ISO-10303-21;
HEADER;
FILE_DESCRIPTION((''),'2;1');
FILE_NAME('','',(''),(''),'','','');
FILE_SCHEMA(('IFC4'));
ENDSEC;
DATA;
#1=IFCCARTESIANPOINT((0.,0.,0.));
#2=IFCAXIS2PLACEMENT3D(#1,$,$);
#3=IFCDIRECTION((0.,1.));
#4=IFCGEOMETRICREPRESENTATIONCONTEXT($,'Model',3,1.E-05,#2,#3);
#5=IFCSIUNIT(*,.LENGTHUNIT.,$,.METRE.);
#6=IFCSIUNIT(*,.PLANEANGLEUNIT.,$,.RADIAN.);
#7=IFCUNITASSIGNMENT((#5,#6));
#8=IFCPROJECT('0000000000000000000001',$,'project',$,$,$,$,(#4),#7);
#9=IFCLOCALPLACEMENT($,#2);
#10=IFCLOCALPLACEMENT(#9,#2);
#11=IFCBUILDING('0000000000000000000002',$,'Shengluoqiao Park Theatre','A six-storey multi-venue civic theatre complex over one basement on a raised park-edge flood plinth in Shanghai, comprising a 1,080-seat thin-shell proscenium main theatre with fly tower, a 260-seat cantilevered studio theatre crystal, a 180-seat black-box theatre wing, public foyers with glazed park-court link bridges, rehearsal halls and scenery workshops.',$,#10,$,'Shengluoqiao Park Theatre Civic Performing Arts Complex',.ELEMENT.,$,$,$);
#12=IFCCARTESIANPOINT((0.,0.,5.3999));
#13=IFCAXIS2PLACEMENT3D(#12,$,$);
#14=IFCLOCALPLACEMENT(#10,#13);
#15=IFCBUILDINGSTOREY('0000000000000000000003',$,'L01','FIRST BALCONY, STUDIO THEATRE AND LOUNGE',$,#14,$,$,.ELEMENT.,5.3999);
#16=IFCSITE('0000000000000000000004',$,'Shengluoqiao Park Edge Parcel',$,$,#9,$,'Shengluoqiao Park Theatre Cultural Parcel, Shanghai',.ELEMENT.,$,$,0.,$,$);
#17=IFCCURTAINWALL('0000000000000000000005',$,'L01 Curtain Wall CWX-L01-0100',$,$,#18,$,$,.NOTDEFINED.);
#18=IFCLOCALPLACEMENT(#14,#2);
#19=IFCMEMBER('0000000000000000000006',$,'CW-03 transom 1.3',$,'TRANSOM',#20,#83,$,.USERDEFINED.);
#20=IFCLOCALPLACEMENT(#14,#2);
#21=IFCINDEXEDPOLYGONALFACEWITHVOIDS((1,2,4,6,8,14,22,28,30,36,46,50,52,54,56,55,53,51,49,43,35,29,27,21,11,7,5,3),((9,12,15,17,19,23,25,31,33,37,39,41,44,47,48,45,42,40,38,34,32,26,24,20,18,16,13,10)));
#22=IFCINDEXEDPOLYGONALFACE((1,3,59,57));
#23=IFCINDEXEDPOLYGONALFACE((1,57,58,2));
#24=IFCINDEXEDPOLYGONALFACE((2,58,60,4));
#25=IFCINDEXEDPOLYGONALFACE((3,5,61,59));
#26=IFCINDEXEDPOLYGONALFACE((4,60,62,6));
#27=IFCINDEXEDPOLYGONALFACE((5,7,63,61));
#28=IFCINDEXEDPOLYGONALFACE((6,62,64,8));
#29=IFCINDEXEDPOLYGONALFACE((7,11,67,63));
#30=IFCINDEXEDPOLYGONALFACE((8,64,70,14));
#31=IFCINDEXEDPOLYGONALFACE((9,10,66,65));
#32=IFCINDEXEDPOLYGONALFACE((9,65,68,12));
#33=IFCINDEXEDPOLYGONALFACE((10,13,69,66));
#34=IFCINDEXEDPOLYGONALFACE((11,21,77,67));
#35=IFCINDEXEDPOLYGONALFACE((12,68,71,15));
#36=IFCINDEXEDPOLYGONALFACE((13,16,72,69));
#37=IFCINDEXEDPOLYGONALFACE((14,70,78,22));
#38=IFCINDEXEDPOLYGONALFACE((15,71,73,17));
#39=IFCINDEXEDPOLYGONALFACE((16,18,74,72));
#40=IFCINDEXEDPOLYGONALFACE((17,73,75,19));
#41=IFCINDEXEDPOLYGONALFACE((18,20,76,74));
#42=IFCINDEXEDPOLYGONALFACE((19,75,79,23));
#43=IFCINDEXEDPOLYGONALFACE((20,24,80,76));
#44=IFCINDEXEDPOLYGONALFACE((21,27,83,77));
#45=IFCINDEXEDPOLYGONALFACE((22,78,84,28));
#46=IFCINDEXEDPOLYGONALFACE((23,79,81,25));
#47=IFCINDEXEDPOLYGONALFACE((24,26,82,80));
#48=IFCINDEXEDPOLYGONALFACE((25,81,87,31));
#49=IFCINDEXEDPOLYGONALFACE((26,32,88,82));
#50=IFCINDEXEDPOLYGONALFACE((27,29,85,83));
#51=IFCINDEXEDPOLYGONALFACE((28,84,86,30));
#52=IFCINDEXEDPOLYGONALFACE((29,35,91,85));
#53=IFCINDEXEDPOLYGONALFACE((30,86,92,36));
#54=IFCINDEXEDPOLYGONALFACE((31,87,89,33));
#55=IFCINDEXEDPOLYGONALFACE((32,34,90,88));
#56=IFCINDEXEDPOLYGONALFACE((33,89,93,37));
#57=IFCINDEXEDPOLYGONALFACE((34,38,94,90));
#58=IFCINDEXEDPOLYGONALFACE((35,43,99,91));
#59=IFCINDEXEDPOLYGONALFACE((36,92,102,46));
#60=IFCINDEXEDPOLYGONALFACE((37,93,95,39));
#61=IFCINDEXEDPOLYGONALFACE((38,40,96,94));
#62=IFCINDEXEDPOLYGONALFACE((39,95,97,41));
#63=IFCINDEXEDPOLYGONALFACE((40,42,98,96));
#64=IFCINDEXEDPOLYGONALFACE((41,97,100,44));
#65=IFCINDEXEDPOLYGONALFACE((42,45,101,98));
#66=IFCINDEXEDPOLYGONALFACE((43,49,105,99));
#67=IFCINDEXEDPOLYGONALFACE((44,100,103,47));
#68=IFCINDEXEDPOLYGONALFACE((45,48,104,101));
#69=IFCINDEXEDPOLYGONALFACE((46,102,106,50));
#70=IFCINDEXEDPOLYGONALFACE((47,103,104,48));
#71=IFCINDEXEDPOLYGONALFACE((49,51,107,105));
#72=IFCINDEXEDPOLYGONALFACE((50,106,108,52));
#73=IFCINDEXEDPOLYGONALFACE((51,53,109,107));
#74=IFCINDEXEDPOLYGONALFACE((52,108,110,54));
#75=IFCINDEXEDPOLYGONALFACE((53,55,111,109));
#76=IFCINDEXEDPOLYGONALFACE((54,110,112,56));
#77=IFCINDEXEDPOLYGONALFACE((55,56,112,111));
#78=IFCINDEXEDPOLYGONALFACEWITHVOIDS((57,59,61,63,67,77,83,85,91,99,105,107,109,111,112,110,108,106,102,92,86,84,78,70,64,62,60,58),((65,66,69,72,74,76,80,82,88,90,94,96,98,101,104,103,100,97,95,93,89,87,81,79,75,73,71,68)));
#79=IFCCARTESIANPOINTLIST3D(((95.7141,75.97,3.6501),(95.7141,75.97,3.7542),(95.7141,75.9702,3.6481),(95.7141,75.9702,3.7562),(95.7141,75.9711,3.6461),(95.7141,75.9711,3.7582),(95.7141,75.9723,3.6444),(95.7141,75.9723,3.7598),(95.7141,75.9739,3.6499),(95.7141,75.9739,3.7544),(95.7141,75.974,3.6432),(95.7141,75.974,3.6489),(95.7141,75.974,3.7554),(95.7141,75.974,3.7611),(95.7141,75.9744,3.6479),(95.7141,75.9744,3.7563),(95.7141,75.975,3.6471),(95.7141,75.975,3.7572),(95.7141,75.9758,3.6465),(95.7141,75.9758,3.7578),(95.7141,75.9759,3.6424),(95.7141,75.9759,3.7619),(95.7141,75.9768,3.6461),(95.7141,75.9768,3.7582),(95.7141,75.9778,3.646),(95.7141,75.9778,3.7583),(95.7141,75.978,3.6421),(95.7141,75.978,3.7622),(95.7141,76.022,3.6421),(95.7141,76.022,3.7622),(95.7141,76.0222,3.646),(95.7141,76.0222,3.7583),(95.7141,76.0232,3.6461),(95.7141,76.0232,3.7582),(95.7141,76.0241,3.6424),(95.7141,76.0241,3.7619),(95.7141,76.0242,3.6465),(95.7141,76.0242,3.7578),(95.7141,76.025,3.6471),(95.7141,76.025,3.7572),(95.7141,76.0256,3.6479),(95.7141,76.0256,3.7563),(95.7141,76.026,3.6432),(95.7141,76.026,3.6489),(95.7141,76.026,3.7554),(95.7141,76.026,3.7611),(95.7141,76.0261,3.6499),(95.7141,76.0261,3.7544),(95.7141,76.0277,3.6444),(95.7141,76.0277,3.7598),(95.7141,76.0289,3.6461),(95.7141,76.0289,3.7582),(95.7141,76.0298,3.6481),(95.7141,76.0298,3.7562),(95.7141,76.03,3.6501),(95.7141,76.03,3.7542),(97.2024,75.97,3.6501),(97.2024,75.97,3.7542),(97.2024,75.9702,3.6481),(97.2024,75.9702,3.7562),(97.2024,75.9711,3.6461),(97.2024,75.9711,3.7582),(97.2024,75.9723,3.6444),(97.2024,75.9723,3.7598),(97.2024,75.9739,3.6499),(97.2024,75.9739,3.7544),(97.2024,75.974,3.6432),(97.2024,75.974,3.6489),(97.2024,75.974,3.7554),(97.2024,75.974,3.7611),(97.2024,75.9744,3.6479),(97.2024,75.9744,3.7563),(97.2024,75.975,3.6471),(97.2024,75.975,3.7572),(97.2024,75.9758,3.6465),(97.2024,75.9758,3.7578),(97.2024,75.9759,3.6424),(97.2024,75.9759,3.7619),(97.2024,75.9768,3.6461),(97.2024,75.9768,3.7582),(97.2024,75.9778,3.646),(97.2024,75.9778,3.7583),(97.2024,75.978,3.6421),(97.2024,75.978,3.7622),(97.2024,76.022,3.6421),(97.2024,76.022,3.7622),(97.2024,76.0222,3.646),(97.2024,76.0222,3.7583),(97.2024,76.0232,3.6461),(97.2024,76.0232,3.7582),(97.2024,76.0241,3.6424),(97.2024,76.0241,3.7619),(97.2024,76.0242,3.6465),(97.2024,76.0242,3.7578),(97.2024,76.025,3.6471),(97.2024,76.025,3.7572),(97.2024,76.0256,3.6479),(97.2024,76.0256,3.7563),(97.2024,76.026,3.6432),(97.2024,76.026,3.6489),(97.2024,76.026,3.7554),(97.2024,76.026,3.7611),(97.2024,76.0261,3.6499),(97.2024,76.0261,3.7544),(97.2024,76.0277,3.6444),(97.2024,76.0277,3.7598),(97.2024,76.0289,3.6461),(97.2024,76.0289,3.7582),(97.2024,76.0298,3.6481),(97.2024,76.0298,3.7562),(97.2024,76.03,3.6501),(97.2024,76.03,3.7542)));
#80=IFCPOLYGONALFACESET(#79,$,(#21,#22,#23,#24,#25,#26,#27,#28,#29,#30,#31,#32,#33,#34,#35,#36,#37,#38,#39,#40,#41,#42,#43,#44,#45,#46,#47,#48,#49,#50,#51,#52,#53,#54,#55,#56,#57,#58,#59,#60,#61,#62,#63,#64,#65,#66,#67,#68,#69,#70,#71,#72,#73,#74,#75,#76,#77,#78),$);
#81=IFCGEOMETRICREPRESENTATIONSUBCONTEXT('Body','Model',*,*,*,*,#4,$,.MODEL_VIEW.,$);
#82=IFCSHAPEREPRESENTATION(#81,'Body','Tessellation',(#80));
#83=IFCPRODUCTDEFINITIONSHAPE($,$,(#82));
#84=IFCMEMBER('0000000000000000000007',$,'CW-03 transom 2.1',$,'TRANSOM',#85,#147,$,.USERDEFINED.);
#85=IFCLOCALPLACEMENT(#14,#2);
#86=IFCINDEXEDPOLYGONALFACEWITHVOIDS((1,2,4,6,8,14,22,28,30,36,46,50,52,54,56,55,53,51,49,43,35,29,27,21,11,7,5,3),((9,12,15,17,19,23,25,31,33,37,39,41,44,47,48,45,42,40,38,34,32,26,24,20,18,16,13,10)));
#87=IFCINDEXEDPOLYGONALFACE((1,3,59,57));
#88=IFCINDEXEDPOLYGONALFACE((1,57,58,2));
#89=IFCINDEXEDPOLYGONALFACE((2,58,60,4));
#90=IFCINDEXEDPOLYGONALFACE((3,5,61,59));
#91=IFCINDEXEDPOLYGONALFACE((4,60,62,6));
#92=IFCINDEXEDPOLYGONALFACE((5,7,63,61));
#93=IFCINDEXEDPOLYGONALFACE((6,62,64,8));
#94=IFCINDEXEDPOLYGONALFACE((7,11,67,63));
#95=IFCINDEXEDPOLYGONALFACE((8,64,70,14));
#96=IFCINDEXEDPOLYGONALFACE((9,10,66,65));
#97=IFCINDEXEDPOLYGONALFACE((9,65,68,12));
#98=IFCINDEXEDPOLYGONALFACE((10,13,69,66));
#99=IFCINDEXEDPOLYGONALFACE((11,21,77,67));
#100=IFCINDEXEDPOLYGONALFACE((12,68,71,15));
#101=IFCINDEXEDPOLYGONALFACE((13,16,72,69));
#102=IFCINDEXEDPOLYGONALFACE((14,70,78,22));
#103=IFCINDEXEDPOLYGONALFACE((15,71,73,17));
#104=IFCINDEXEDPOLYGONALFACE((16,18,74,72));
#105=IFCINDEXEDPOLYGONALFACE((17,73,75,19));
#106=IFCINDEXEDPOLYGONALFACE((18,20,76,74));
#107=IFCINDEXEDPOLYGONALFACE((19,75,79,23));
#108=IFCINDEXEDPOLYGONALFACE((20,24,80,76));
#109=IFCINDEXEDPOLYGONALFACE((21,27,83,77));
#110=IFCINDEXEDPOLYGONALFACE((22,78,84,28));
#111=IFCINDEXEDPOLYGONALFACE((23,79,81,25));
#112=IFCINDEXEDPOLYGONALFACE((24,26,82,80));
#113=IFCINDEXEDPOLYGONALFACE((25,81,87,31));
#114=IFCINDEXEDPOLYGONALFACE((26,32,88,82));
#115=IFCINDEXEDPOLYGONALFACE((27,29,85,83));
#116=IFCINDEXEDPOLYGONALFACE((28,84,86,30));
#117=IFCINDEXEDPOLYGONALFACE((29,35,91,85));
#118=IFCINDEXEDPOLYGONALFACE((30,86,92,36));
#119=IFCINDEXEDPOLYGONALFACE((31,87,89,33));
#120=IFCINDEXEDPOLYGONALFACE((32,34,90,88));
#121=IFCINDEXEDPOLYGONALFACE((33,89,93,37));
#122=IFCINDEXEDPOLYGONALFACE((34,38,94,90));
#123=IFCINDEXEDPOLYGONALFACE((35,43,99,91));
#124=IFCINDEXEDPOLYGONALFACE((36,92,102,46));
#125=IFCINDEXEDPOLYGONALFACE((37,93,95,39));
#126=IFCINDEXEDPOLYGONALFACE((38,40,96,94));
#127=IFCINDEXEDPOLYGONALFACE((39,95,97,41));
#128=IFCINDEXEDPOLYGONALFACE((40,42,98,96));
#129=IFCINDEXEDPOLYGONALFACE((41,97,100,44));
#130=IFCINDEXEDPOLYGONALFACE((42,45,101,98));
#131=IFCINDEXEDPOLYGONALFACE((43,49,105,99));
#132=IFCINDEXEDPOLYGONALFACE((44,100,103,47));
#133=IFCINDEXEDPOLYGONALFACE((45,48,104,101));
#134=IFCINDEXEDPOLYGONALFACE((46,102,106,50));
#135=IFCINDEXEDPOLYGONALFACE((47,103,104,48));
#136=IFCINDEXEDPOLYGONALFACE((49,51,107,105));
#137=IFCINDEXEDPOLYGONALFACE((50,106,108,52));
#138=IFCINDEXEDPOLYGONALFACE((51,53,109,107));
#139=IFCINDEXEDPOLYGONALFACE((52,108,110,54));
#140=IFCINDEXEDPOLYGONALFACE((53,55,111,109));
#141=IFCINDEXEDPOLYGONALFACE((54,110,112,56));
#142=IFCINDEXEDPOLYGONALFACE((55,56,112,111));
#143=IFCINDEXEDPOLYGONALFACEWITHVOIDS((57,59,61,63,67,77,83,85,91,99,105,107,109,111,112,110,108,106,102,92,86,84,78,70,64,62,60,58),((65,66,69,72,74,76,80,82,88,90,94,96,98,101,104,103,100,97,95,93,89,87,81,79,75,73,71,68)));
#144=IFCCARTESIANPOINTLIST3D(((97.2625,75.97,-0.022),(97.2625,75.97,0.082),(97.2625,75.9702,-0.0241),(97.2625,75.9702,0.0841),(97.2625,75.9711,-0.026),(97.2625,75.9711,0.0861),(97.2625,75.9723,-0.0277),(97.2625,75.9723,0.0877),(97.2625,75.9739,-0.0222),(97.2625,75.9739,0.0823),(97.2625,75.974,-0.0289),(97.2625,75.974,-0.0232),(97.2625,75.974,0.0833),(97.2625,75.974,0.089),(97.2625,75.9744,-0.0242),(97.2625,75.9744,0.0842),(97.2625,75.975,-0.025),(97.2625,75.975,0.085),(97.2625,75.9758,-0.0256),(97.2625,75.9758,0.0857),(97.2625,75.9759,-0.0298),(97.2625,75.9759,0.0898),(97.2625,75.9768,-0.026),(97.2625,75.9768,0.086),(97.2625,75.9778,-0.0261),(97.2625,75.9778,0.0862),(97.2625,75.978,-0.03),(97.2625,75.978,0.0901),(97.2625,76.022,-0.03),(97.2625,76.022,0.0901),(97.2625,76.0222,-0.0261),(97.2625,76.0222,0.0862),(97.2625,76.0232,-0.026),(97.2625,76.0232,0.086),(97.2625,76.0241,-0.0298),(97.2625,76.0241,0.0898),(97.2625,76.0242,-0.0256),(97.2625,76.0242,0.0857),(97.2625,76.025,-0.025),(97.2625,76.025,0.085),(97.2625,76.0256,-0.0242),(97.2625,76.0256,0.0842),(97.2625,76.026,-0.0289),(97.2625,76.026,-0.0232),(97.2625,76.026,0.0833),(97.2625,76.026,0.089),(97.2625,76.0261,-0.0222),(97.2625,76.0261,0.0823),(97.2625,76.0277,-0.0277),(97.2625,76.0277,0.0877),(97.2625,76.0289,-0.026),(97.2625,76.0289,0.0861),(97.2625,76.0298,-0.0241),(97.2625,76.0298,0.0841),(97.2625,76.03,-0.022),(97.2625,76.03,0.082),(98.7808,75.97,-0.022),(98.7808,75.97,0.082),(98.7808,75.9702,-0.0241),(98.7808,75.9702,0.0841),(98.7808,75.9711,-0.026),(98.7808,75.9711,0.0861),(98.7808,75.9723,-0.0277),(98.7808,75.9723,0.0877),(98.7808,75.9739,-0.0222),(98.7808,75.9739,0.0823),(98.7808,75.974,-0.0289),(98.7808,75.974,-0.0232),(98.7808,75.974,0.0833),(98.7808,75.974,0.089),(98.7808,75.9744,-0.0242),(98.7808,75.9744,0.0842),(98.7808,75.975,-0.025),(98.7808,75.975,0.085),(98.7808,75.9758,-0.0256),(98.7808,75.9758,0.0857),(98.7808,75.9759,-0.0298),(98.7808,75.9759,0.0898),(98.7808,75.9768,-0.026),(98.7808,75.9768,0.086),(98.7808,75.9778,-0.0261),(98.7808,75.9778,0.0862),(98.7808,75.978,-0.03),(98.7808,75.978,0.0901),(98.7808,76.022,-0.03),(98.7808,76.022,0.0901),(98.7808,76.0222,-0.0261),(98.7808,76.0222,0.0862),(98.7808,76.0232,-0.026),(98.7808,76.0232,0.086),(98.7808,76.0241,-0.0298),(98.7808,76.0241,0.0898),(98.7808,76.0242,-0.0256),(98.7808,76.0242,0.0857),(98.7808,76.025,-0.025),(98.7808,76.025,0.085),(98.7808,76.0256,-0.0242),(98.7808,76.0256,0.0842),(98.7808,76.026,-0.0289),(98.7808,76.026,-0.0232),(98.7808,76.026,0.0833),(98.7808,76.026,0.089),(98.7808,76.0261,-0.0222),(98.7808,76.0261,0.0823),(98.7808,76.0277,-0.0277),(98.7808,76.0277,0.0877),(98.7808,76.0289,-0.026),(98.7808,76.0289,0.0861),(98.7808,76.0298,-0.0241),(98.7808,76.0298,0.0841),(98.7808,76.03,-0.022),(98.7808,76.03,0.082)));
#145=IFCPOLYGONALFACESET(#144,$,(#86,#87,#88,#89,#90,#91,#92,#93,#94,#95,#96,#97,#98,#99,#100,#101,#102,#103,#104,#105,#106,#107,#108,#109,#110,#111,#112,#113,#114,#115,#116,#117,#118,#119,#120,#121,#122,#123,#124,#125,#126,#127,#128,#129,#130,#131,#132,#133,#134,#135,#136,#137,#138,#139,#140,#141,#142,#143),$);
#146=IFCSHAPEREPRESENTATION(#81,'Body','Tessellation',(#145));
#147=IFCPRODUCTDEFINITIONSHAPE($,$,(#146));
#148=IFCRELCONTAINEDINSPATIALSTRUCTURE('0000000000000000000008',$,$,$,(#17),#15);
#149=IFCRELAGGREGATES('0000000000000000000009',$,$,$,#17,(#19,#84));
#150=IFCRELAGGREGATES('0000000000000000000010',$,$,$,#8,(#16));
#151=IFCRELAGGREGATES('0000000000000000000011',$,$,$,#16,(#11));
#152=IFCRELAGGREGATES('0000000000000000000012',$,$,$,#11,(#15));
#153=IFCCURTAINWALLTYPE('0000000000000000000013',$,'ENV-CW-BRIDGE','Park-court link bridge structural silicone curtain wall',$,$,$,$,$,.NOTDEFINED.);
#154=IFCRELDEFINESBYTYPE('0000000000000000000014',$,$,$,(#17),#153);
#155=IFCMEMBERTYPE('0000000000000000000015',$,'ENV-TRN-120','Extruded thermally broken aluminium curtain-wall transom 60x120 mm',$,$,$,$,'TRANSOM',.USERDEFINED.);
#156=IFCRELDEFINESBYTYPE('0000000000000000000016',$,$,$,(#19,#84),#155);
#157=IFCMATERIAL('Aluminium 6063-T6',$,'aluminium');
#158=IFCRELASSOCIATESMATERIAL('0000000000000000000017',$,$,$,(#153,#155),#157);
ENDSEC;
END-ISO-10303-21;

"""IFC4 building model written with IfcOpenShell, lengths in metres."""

from ifc_helpers import new_model, si_unit, direction, frame, origin, origin_2d, place, context, subcontext, project, spatial, hollow_rectangle, extrude, material, material_profile, profile_set, type_object, element, aggregate, save


model = new_model("IFC4")

# Units and contexts
model_context = context("Model", 3, precision=1e-05, world=origin(), true_north=direction((0.0, 1.0)))
body_context = subcontext(model_context, "Body", "Model", "MODEL_VIEW")
ifc_project = project(units=[si_unit("LENGTHUNIT", "METRE"), si_unit("PLANEANGLEUNIT", "RADIAN")], contexts=[model_context])

# Site, building, storey
site_placement = place(None, origin())
site = spatial("IfcSite", under=ifc_project, at=site_placement, Name="Shengluoqiao Park Edge Parcel", LongName="Shengluoqiao Park Theatre Cultural Parcel, Shanghai", CompositionType="ELEMENT", RefElevation=0.0)
building_placement = place(site_placement, origin())
building = spatial("IfcBuilding", under=site, at=building_placement, Name="Shengluoqiao Park Theatre", Description="A six-storey multi-venue civic theatre complex over one basement on a raised park-edge flood plinth in Shanghai, comprising a 1,080-seat thin-shell proscenium main theatre with fly tower, a 260-seat cantilevered studio theatre crystal, a 180-seat black-box theatre wing, public foyers with glazed park-court link bridges, rehearsal halls and scenery workshops.", LongName="Shengluoqiao Park Theatre Civic Performing Arts Complex", CompositionType="ELEMENT")
storey_placement = place(building_placement, frame((0.0, 0.0, 5.3999)))
storey = spatial("IfcBuildingStorey", under=building, at=storey_placement, Name="L01", Description="FIRST BALCONY, STUDIO THEATRE AND LOUNGE", CompositionType="ELEMENT", Elevation=5.3999)

# Curtain wall
ifc_material_1 = material(Name="Aluminium 6063-T6", Category="aluminium")
curtain_wall_type = type_object("IfcCurtainWallType", Name="ENV-CW-BRIDGE", Description="Park-court link bridge structural silicone curtain wall", PredefinedType="NOTDEFINED", material=ifc_material_1)
curtain_wall_1_placement = place(storey_placement, origin())
curtain_wall_1 = element("IfcCurtainWall", 1, at=curtain_wall_1_placement, inside=storey, type_object=curtain_wall_type, Name="L01 Curtain Wall CWX-L01-0100", PredefinedType="NOTDEFINED")

# Shared definitions
ifc_material_profile_1 = material_profile(ifc_material_1, hollow_rectangle(XDim=0.0601, YDim=0.1201, WallThickness=0.0039, InnerFilletRadius=0.0039, OuterFilletRadius=0.0081, at=origin_2d()), Name="ALU TRANSOM 120x60x4")
ifc_profile_set_1 = profile_set([ifc_material_profile_1], Name="Aluminium 6063-T6")
member_type_1 = type_object("IfcMemberType", Name="ENV-TRN-120", Description="Extruded thermally broken aluminium curtain-wall transom 60x120 mm", ElementType="TRANSOM", PredefinedType="USERDEFINED", material=ifc_profile_set_1)

# Members
member_1_placement = place(storey_placement, frame((95.7141, 76.0, 3.7021), z_axis=(1.0, 0.0, 0.0), x_axis=(0.0, 1.0, 0.0)))
member_1 = element("IfcMember", 2, at=member_1_placement, type_object=member_type_1, Name="CW-03 transom 1.3", ObjectType="TRANSOM", PredefinedType="USERDEFINED", context=body_context, shape_type="SweptSolid", body=[
    extrude(hollow_rectangle(XDim=0.0601, YDim=0.1201, WallThickness=0.0039, InnerFilletRadius=0.0039, OuterFilletRadius=0.0081, at=origin_2d()), origin(), (0.0, 0.0, 1.0), 1.4883),
])
member_2_placement = place(storey_placement, frame((97.2625, 76.0, 0.03), z_axis=(1.0, 0.0, 0.0), x_axis=(0.0, 1.0, 0.0)))
member_2 = element("IfcMember", 3, at=member_2_placement, type_object=member_type_1, Name="CW-03 transom 2.1", ObjectType="TRANSOM", PredefinedType="USERDEFINED", context=body_context, shape_type="SweptSolid", body=[
    extrude(hollow_rectangle(XDim=0.0601, YDim=0.1201, WallThickness=0.0039, InnerFilletRadius=0.0039, OuterFilletRadius=0.0081, at=origin_2d()), origin(), (0.0, 0.0, 1.0), 1.5183),
])

aggregate(curtain_wall_1, [member_1, member_2])

save(model, "model.ifc")
